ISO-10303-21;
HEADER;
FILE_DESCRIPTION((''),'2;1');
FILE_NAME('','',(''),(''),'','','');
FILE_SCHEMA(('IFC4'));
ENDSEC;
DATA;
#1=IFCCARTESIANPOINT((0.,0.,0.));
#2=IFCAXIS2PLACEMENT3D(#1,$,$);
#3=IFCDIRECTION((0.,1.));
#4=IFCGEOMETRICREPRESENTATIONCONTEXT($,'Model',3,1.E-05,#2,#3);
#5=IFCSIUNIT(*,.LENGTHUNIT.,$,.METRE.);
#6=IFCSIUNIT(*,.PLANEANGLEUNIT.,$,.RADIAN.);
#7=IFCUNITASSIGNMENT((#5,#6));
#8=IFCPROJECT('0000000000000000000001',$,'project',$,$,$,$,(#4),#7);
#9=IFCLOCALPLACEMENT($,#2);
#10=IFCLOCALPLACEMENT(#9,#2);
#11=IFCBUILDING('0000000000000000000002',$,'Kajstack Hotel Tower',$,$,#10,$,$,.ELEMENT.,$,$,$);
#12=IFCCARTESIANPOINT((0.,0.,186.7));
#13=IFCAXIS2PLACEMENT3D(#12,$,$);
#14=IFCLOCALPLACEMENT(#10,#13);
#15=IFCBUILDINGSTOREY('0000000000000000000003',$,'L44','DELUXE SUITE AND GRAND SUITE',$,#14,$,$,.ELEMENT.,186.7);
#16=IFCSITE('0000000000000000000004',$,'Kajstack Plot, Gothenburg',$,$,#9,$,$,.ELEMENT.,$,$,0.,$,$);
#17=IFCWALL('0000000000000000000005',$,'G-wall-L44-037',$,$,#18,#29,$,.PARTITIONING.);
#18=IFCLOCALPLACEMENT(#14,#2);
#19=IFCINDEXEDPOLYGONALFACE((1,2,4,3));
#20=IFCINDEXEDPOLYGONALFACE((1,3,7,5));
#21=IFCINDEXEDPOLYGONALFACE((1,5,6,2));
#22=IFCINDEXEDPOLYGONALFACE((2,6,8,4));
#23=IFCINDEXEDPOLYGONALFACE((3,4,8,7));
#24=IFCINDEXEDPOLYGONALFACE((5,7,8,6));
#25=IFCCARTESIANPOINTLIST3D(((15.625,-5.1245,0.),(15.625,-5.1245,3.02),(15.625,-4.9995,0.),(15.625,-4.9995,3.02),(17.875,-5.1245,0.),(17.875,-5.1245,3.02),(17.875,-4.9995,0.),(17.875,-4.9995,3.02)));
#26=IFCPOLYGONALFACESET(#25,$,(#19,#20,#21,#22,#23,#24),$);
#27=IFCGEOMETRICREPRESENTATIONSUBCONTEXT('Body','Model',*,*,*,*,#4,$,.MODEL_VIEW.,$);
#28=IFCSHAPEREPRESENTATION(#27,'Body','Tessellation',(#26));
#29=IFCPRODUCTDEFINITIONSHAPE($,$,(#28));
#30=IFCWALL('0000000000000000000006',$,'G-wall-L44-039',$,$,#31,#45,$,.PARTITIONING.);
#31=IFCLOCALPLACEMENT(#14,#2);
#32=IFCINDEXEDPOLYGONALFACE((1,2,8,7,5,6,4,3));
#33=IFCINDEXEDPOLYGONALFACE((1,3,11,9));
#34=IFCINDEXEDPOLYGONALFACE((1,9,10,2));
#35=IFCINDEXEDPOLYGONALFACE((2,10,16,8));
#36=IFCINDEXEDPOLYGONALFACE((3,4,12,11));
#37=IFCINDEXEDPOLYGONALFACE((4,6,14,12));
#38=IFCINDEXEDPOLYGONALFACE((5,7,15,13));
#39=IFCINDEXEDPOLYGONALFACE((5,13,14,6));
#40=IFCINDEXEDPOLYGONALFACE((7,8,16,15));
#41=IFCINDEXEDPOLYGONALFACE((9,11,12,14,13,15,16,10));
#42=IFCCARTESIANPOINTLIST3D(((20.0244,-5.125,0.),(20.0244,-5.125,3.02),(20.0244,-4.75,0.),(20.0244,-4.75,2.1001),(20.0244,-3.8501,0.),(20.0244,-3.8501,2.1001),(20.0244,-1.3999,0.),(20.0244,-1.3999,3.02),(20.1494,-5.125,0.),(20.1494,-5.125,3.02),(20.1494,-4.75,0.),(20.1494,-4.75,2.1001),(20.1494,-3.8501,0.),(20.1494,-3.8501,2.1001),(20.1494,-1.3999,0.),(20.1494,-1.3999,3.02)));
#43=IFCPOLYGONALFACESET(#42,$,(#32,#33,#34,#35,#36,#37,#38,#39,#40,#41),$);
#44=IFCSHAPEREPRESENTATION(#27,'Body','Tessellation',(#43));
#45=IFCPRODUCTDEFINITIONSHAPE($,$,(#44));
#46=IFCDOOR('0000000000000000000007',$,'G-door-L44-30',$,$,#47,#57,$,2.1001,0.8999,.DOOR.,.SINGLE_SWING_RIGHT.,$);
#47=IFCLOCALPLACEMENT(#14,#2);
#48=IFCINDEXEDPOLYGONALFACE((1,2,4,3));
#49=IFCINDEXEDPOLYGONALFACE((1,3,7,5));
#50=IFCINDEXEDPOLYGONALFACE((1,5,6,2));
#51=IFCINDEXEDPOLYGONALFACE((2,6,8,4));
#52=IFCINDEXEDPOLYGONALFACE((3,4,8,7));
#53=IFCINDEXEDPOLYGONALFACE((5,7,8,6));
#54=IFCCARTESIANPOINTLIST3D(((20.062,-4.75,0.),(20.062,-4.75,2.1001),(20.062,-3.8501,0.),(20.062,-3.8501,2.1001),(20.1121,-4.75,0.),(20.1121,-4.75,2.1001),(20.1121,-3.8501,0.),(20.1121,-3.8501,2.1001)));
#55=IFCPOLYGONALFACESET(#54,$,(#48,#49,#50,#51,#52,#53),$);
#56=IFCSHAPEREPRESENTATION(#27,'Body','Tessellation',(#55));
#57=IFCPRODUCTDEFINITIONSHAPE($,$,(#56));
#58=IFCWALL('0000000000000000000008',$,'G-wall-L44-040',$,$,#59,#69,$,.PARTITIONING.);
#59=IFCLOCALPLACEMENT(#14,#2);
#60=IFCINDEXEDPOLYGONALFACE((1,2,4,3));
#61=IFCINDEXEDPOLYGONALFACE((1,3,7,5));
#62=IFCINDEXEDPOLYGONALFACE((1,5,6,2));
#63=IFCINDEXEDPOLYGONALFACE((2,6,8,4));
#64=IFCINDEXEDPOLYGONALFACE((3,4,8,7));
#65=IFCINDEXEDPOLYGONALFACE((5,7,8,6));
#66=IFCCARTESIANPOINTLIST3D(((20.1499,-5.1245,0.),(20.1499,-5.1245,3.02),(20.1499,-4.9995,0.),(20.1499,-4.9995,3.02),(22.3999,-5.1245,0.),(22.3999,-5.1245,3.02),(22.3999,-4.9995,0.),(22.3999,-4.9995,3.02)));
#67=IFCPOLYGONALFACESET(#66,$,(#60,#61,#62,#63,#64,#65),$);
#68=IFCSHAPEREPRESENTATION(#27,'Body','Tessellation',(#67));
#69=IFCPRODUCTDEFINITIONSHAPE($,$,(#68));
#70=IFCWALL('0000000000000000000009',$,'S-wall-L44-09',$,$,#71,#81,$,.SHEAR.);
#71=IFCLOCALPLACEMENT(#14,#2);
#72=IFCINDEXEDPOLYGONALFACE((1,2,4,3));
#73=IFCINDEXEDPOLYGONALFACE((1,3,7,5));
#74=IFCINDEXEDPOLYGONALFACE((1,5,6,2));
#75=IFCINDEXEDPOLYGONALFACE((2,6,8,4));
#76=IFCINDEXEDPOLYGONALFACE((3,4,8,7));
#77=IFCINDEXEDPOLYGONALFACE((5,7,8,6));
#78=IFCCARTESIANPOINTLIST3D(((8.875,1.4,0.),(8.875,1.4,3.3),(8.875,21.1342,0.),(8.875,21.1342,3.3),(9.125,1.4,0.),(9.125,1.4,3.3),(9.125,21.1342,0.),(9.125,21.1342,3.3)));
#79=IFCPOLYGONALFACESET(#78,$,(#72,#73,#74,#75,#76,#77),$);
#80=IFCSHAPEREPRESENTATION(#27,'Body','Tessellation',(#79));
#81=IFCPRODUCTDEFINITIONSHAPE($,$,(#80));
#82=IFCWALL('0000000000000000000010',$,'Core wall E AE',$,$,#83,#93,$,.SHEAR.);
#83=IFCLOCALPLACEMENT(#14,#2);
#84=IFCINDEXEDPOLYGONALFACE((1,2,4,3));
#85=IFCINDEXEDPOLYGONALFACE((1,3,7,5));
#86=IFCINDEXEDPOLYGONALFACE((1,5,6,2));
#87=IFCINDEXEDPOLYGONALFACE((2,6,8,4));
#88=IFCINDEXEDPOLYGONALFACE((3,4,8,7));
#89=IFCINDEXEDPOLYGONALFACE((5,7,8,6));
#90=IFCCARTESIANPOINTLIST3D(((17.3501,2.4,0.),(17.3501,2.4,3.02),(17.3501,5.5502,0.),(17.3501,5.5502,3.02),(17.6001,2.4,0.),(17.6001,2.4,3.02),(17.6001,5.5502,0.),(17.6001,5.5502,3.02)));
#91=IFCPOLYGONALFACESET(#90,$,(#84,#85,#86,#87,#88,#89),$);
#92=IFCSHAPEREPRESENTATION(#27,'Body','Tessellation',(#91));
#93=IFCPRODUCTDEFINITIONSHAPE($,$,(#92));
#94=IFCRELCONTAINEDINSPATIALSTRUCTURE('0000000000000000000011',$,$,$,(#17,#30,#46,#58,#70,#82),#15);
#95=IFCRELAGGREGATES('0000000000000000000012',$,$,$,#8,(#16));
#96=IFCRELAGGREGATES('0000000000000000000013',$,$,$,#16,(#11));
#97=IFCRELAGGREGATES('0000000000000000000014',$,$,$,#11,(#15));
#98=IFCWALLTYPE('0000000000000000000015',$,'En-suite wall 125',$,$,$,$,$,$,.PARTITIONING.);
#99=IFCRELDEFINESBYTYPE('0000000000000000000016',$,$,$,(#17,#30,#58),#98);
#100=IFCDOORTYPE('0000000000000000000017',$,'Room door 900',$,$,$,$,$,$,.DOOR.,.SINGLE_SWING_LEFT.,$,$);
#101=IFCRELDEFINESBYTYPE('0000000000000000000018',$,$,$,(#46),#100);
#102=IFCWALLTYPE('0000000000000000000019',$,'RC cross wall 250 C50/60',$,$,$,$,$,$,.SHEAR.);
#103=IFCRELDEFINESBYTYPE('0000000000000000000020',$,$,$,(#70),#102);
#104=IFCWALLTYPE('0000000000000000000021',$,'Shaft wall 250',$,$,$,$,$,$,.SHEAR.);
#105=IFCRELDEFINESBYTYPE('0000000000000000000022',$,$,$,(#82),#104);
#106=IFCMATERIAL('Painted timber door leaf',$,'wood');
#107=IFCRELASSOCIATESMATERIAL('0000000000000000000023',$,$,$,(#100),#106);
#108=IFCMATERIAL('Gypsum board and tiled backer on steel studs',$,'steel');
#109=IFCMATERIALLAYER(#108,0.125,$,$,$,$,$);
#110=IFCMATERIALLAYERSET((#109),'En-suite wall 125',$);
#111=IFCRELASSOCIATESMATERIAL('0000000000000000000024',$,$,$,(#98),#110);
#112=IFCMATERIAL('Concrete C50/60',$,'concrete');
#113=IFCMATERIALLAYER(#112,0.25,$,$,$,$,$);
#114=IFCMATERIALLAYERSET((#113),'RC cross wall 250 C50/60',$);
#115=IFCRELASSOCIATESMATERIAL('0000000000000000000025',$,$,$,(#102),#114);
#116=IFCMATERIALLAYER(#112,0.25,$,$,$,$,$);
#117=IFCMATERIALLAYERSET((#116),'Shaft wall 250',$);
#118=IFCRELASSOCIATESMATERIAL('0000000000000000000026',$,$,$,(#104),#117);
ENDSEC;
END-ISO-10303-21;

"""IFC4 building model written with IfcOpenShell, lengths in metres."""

from ifc_helpers import new_model, si_unit, direction, frame, frame_2d, origin, place, context, subcontext, project, spatial, rectangle, extrude, material, layer, layer_set, type_object, element, fill, save


model = new_model("IFC4")

# Units and contexts
model_context = context("Model", 3, precision=1e-05, world=origin(), true_north=direction((0.0, 1.0)))
body_context = subcontext(model_context, "Body", "Model", "MODEL_VIEW")
ifc_project = project(units=[si_unit("LENGTHUNIT", "METRE"), si_unit("PLANEANGLEUNIT", "RADIAN")], contexts=[model_context])

# Site, building, storey
site_placement = place(None, origin())
site = spatial("IfcSite", under=ifc_project, at=site_placement, Name="Kajstack Plot, Gothenburg", CompositionType="ELEMENT", RefElevation=0.0)
building_placement = place(site_placement, origin())
building = spatial("IfcBuilding", under=site, at=building_placement, Name="Kajstack Hotel Tower", CompositionType="ELEMENT")
storey_placement = place(building_placement, frame((0.0, 0.0, 186.7)))
storey = spatial("IfcBuildingStorey", under=building, at=storey_placement, Name="L44", Description="DELUXE SUITE AND GRAND SUITE", CompositionType="ELEMENT", Elevation=186.7)

# Shared definitions
ifc_material_1 = material(Name="Painted timber door leaf", Category="wood")
door_type_1 = type_object("IfcDoorType", Name="Room door 900", OperationType="SINGLE_SWING_LEFT", PredefinedType="DOOR", material=ifc_material_1)

# Shared definitions
ifc_material_2 = material(Name="Gypsum board and tiled backer on steel studs", Category="steel")
ifc_layer_1 = layer(ifc_material_2, 0.125)
ifc_layer_set_1 = layer_set([ifc_layer_1], Name="En-suite wall 125")
wall_type_1 = type_object("IfcWallType", Name="En-suite wall 125", PredefinedType="PARTITIONING", material=ifc_layer_set_1)

# Wall
wall_1_placement = place(storey_placement, frame((15.625, -5.062, 0.0), z_axis=(0.0, 0.0, 1.0), x_axis=(1.0, 0.0, 0.0)))
element("IfcWall", 1, at=wall_1_placement, inside=storey, type_object=wall_type_1, Name="G-wall-L44-037", PredefinedType="PARTITIONING", context=body_context, shape_type="SweptSolid", body=[
    extrude(rectangle(XDim=2.25, YDim=0.125, at=frame_2d((1.125, 0.0))), origin(), (0.0, 0.0, 1.0), 3.02),
])

# Wall, opening, door
wall_2_placement = place(storey_placement, frame((20.0869, -5.125, 0.0), z_axis=(0.0, 0.0, 1.0), x_axis=(0.0, 1.0, 0.0)))
wall_2 = element("IfcWall", 2, at=wall_2_placement, inside=storey, type_object=wall_type_1, Name="G-wall-L44-039", PredefinedType="PARTITIONING", context=body_context, shape_type="SweptSolid", body=[
    extrude(rectangle(XDim=3.7251, YDim=0.125, at=frame_2d((1.8625, 0.0))), origin(), (0.0, 0.0, 1.0), 3.02),
])
opening_1_placement = place(wall_2_placement, frame((0.375, 0.0, 0.0)))
opening_1 = element("IfcOpeningElement", 3, at=opening_1_placement, cuts=wall_2, PredefinedType="OPENING", context=body_context, shape_type="SweptSolid", body=[
    extrude(rectangle(XDim=0.8999, YDim=2.1001, at=frame_2d((0.45, 1.05))), frame((0.0, 0.0725, 0.0), z_axis=(0.0, -1.0, 0.0), x_axis=(1.0, 0.0, 0.0)), (0.0, 0.0, 1.0), 0.145),
])
door_1_placement = place(opening_1_placement, origin())
door_1 = element("IfcDoor", 4, at=door_1_placement, inside=storey, type_object=door_type_1, Name="G-door-L44-30", OperationType="SINGLE_SWING_RIGHT", OverallHeight=2.1001, OverallWidth=0.8999, PredefinedType="DOOR", context=body_context, shape_type="SweptSolid", body=[
    extrude(rectangle(XDim=0.8999, YDim=2.1001, at=frame_2d((0.45, 1.05))), frame((0.0, 0.0249, 0.0), z_axis=(0.0, -1.0, 0.0), x_axis=(1.0, 0.0, 0.0)), (0.0, 0.0, 1.0), 0.05),
])
fill(opening_1, door_1)

# Walls
wall_3_placement = place(storey_placement, frame((20.1499, -5.062, 0.0), z_axis=(0.0, 0.0, 1.0), x_axis=(1.0, 0.0, 0.0)))
element("IfcWall", 5, at=wall_3_placement, inside=storey, type_object=wall_type_1, Name="G-wall-L44-040", PredefinedType="PARTITIONING", context=body_context, shape_type="SweptSolid", body=[
    extrude(rectangle(XDim=2.25, YDim=0.125, at=frame_2d((1.125, 0.0))), origin(), (0.0, 0.0, 1.0), 3.02),
])
ifc_material_3 = material(Name="Concrete C50/60", Category="concrete")
ifc_layer_2 = layer(ifc_material_3, 0.25)
ifc_layer_set_2 = layer_set([ifc_layer_2], Name="RC cross wall 250 C50/60")
wall_type_2 = type_object("IfcWallType", Name="RC cross wall 250 C50/60", PredefinedType="SHEAR", material=ifc_layer_set_2)
wall_4_placement = place(storey_placement, frame((9.0, 1.3999, 0.0), z_axis=(0.0, 0.0, 1.0), x_axis=(0.0, 1.0, 0.0)))
element("IfcWall", 6, at=wall_4_placement, inside=storey, type_object=wall_type_2, Name="S-wall-L44-09", PredefinedType="SHEAR", context=body_context, shape_type="SweptSolid", body=[
    extrude(rectangle(XDim=19.7341, YDim=0.25, at=frame_2d((9.8672, 0.0))), origin(), (0.0, 0.0, 1.0), 3.3),
])
ifc_layer_3 = layer(ifc_material_3, 0.25)
ifc_layer_set_3 = layer_set([ifc_layer_3], Name="Shaft wall 250")
wall_type_3 = type_object("IfcWallType", Name="Shaft wall 250", PredefinedType="SHEAR", material=ifc_layer_set_3)
wall_5_placement = place(storey_placement, frame((17.4751, 2.3999, 0.0), z_axis=(0.0, 0.0, 1.0), x_axis=(0.0, 1.0, 0.0)))
element("IfcWall", 7, at=wall_5_placement, inside=storey, type_object=wall_type_3, Name="Core wall E AE", PredefinedType="SHEAR", context=body_context, shape_type="SweptSolid", body=[
    extrude(rectangle(XDim=3.1501, YDim=0.25, at=frame_2d((1.5752, 0.0))), origin(), (0.0, 0.0, 1.0), 3.02),
])

save(model, "model.ifc")
